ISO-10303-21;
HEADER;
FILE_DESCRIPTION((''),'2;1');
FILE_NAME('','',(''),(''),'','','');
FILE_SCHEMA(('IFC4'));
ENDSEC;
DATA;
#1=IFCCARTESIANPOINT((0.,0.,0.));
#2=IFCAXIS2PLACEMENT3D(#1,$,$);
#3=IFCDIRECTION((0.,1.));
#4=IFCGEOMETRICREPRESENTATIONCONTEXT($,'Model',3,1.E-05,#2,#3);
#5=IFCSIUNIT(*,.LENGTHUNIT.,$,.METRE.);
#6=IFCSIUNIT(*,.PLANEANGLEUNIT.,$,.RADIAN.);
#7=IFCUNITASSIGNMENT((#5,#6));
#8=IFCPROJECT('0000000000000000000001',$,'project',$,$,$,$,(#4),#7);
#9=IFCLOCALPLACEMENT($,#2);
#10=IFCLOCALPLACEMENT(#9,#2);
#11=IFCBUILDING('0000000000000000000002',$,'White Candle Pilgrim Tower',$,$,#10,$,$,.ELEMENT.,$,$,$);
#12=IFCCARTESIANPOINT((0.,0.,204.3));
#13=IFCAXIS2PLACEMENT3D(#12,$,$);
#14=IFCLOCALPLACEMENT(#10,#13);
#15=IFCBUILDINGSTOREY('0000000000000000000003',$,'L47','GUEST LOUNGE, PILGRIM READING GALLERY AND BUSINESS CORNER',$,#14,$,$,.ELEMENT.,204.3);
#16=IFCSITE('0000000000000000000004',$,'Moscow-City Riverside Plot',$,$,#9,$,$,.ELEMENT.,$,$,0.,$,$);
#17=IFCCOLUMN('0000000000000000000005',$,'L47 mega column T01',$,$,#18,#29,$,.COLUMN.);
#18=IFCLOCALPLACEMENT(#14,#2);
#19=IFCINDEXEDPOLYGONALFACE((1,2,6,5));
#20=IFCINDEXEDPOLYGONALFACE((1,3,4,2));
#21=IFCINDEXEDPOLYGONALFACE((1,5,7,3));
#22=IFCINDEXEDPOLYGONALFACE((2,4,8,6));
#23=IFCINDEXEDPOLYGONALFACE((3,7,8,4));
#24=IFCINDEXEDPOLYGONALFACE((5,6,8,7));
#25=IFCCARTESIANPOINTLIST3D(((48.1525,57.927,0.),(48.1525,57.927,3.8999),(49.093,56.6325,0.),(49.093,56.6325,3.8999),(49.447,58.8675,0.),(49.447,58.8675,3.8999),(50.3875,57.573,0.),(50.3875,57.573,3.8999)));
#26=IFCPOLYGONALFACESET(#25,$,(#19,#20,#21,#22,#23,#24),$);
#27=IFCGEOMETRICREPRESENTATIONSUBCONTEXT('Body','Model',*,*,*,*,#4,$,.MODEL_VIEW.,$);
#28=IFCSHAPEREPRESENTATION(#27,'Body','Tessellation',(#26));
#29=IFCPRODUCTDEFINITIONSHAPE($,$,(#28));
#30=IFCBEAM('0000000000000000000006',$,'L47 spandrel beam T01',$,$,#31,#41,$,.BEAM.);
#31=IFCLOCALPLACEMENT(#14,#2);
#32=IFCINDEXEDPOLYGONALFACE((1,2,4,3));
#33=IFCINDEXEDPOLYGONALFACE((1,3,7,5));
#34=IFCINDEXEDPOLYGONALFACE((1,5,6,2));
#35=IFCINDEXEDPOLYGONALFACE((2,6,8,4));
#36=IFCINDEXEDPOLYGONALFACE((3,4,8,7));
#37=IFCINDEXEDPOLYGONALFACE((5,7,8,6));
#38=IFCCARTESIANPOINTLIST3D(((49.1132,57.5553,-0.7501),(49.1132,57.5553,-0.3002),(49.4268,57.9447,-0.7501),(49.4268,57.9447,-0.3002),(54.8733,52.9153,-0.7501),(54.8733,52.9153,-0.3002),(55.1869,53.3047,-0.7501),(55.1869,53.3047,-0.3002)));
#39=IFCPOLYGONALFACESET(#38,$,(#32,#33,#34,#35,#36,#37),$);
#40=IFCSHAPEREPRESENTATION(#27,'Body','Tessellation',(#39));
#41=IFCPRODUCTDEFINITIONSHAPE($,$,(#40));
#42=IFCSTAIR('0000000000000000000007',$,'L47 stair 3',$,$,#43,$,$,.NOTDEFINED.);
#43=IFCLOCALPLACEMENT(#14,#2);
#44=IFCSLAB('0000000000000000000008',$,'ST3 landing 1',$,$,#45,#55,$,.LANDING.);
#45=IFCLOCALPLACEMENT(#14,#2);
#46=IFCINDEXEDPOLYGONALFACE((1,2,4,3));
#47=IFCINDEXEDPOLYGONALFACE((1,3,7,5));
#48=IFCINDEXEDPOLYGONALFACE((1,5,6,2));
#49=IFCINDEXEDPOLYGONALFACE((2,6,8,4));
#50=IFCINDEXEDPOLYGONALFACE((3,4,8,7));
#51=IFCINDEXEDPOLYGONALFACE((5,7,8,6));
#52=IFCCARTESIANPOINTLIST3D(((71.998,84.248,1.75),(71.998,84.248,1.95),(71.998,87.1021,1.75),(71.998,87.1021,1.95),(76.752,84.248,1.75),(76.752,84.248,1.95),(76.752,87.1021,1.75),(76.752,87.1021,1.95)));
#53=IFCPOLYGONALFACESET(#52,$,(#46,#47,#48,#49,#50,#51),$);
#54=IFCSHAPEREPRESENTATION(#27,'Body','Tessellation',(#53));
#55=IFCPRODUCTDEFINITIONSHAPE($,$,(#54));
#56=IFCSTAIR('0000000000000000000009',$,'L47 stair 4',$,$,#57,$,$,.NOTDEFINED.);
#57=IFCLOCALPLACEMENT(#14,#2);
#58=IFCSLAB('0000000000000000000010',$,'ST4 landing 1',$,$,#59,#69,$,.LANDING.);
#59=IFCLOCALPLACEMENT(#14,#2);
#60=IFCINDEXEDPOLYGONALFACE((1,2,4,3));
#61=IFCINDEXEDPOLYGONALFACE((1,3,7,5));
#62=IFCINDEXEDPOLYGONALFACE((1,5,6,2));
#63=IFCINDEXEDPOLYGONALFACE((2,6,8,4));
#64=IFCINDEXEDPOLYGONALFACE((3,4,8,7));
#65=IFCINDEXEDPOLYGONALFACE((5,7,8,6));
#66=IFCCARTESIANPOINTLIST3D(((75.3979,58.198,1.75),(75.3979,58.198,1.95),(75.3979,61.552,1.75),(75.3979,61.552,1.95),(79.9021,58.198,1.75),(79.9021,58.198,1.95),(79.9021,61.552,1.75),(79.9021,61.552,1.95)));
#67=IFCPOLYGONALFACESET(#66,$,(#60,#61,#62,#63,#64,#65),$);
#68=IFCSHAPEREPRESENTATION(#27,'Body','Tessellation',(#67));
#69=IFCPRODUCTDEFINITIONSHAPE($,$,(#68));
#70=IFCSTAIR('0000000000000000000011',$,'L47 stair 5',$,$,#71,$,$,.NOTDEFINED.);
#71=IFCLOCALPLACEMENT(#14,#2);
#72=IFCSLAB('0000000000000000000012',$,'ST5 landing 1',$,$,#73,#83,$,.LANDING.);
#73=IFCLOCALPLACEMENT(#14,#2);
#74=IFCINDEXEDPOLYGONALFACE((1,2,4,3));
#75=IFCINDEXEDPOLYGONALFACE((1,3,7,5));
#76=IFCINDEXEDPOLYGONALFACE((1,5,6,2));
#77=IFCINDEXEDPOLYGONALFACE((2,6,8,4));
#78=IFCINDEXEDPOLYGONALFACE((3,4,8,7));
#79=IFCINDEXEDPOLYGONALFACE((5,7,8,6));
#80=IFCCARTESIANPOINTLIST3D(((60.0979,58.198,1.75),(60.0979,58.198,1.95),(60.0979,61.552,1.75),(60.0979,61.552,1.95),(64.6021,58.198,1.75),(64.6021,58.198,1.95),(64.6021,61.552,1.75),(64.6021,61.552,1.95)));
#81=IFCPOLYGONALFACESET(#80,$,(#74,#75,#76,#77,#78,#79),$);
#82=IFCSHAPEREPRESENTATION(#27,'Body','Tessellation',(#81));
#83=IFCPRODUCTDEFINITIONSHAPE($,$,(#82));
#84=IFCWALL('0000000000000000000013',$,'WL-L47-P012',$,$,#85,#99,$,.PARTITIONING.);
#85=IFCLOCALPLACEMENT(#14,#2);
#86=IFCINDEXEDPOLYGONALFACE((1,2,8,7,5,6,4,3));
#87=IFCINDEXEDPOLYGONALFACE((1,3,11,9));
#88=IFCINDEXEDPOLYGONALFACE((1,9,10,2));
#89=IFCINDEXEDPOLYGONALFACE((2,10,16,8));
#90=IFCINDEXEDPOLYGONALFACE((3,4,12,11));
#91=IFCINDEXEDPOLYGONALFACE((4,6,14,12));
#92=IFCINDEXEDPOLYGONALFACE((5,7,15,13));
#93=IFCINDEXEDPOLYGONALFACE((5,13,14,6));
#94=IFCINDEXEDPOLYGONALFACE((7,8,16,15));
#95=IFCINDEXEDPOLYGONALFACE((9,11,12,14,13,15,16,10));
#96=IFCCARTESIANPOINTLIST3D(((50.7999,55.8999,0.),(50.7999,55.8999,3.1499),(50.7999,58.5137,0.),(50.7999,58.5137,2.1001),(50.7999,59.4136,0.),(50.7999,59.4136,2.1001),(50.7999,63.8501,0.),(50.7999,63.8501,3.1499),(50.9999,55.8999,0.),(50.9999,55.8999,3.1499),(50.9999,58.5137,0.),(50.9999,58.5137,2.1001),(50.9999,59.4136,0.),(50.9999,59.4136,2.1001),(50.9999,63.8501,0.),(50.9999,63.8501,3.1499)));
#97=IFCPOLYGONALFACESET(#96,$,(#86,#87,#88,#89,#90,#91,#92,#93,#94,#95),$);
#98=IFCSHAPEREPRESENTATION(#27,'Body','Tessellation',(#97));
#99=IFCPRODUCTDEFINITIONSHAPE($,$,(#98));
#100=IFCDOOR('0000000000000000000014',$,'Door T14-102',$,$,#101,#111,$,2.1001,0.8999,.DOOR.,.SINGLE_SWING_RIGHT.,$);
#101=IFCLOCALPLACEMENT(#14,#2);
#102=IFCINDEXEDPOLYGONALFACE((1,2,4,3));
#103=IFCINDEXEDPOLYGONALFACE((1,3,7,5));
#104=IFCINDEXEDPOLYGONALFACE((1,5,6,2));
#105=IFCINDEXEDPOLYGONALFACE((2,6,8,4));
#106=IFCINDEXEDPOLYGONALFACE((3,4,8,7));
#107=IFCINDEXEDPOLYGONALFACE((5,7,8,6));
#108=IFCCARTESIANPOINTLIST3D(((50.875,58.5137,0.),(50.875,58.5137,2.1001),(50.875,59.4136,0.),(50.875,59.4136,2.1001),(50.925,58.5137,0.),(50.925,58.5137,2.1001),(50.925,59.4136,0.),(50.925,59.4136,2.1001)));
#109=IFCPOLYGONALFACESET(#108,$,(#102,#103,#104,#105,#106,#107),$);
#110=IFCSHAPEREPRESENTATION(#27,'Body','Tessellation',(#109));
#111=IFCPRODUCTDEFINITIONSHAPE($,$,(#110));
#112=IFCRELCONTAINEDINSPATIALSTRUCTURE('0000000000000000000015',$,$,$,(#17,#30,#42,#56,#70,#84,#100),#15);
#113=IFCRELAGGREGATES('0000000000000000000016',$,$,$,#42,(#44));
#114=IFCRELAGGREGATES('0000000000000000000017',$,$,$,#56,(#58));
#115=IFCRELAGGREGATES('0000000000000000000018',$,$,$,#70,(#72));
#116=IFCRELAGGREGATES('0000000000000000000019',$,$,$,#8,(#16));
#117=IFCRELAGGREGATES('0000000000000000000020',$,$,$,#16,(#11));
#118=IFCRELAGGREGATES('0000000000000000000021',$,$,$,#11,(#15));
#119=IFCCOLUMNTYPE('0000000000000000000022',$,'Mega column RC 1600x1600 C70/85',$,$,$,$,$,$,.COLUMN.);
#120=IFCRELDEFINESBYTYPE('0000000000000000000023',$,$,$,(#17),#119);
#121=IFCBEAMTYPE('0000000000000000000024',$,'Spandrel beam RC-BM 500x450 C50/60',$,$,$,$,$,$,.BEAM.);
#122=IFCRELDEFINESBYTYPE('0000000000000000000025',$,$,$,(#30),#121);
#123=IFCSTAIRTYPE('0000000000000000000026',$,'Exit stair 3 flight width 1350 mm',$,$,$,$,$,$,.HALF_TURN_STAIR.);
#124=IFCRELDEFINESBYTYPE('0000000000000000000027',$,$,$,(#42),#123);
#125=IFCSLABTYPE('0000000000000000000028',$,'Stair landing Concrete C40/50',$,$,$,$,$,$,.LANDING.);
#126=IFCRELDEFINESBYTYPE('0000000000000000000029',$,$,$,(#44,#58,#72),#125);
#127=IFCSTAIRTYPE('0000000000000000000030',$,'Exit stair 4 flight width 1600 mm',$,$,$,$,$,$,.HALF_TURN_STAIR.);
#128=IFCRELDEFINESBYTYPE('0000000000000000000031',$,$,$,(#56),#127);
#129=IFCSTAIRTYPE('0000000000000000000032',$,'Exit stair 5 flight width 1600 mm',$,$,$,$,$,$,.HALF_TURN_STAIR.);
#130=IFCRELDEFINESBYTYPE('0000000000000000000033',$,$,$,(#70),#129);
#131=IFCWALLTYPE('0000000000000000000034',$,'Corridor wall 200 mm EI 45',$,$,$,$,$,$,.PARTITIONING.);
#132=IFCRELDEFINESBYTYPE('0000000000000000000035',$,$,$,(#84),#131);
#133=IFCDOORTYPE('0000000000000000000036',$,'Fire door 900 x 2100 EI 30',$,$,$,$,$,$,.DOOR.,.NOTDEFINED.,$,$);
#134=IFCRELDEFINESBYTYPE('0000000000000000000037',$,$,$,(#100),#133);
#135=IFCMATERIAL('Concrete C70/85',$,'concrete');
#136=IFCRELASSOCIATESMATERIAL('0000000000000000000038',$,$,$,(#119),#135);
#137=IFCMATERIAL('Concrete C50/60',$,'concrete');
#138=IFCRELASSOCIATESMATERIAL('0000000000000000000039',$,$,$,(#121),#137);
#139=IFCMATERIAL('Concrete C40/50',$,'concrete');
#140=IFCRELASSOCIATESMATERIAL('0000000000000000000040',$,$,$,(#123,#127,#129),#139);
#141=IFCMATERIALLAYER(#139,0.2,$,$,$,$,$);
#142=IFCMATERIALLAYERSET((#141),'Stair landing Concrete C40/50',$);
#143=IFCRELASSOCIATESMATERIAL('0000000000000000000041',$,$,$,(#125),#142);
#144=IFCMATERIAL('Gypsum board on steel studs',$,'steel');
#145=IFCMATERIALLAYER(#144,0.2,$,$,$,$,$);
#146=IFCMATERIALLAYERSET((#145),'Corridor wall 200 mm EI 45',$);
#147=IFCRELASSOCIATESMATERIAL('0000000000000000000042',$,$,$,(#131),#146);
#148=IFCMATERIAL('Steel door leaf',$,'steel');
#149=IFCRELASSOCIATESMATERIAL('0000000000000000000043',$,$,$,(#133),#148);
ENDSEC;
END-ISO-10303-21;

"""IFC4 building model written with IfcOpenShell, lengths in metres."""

from ifc_helpers import new_model, si_unit, direction, frame, frame_2d, origin, origin_2d, place, context, subcontext, project, spatial, polyline, rectangle, outline, extrude, material, layer, layer_set, material_profile, profile_set, type_object, element, fill, aggregate, save


model = new_model("IFC4")

# Units and contexts
model_context = context("Model", 3, precision=1e-05, world=origin(), true_north=direction((0.0, 1.0)))
body_context = subcontext(model_context, "Body", "Model", "MODEL_VIEW")
ifc_project = project(units=[si_unit("LENGTHUNIT", "METRE"), si_unit("PLANEANGLEUNIT", "RADIAN")], contexts=[model_context])

# Site, building, storey
site_placement = place(None, origin())
site = spatial("IfcSite", under=ifc_project, at=site_placement, Name="Moscow-City Riverside Plot", CompositionType="ELEMENT", RefElevation=0.0)
building_placement = place(site_placement, origin())
building = spatial("IfcBuilding", under=site, at=building_placement, Name="White Candle Pilgrim Tower", CompositionType="ELEMENT")
storey_placement = place(building_placement, frame((0.0, 0.0, 204.3)))
storey = spatial("IfcBuildingStorey", under=building, at=storey_placement, Name="L47", Description="GUEST LOUNGE, PILGRIM READING GALLERY AND BUSINESS CORNER", CompositionType="ELEMENT", Elevation=204.3)

# Column
ifc_material_1 = material(Name="Concrete C70/85", Category="concrete")
ifc_material_profile_1 = material_profile(ifc_material_1, rectangle(XDim=1.6001, YDim=1.6001, at=origin_2d()), Name="RC 1600x1600")
ifc_profile_set_1 = profile_set([ifc_material_profile_1], Name="Concrete C70/85")
column_type = type_object("IfcColumnType", Name="Mega column RC 1600x1600 C70/85", PredefinedType="COLUMN", material=ifc_profile_set_1)
column_placement = place(storey_placement, frame((49.27, 57.75, 0.0), z_axis=(0.0, 0.0, 1.0), x_axis=(-0.809017, -0.587785, 0.0)))
element("IfcColumn", 1, at=column_placement, inside=storey, type_object=column_type, Name="L47 mega column T01", PredefinedType="COLUMN", context=body_context, shape_type="SweptSolid", body=[
    extrude(rectangle(XDim=1.6001, YDim=1.6001, at=origin_2d()), origin(), (0.0, 0.0, 1.0), 3.8999),
])

# Beam
ifc_material_2 = material(Name="Concrete C50/60", Category="concrete")
ifc_material_profile_2 = material_profile(ifc_material_2, rectangle(XDim=0.5, YDim=0.45, at=origin_2d()), Name="RC-BM 500x450")
ifc_profile_set_2 = profile_set([ifc_material_profile_2], Name="Concrete C50/60")
beam_type = type_object("IfcBeamType", Name="Spandrel beam RC-BM 500x450 C50/60", PredefinedType="BEAM", material=ifc_profile_set_2)
beam_placement = place(storey_placement, frame((49.27, 57.75, -0.5251), z_axis=(0.778762, -0.62732, 0.0), x_axis=(0.62732, 0.778762, 0.0)))
element("IfcBeam", 2, at=beam_placement, inside=storey, type_object=beam_type, Name="L47 spandrel beam T01", PredefinedType="BEAM", context=body_context, shape_type="SweptSolid", body=[
    extrude(rectangle(XDim=0.5, YDim=0.45, at=origin_2d()), origin(), (0.0, 0.0, 1.0), 7.3965),
])

# Stairs, slabs
ifc_material_3 = material(Name="Concrete C40/50", Category="concrete")
stair_type_1 = type_object("IfcStairType", Name="Exit stair 3 flight width 1350 mm", PredefinedType="HALF_TURN_STAIR", material=ifc_material_3)
stair_1_placement = place(storey_placement, origin())
stair_1 = element("IfcStair", 3, at=stair_1_placement, inside=storey, type_object=stair_type_1, Name="L47 stair 3", PredefinedType="NOTDEFINED")
ifc_layer_1 = layer(ifc_material_3, 0.2)
ifc_layer_set_1 = layer_set([ifc_layer_1], Name="Stair landing Concrete C40/50")
slab_type = type_object("IfcSlabType", Name="Stair landing Concrete C40/50", PredefinedType="LANDING", material=ifc_layer_set_1)
slab_1_placement = place(storey_placement, frame((0.0, 0.0, 1.75)))
slab_1 = element("IfcSlab", 4, at=slab_1_placement, type_object=slab_type, Name="ST3 landing 1", PredefinedType="LANDING", context=body_context, shape_type="SweptSolid", body=[
    extrude(outline(polyline([(71.998, 84.248), (71.998, 87.1021), (76.752, 87.1021), (76.752, 84.248), (71.998, 84.248)])), origin(), (0.0, 0.0, 1.0), 0.2),
])
aggregate(stair_1, [slab_1])
stair_type_2 = type_object("IfcStairType", Name="Exit stair 4 flight width 1600 mm", PredefinedType="HALF_TURN_STAIR", material=ifc_material_3)
stair_2_placement = place(storey_placement, origin())
stair_2 = element("IfcStair", 5, at=stair_2_placement, inside=storey, type_object=stair_type_2, Name="L47 stair 4", PredefinedType="NOTDEFINED")
slab_2_placement = place(storey_placement, frame((0.0, 0.0, 1.75)))
slab_2 = element("IfcSlab", 6, at=slab_2_placement, type_object=slab_type, Name="ST4 landing 1", PredefinedType="LANDING", context=body_context, shape_type="SweptSolid", body=[
    extrude(outline(polyline([(79.9021, 61.552), (79.9021, 58.198), (75.3979, 58.198), (75.3979, 61.552), (79.9021, 61.552)])), origin(), (0.0, 0.0, 1.0), 0.2),
])
aggregate(stair_2, [slab_2])
stair_type_3 = type_object("IfcStairType", Name="Exit stair 5 flight width 1600 mm", PredefinedType="HALF_TURN_STAIR", material=ifc_material_3)
stair_3_placement = place(storey_placement, origin())
stair_3 = element("IfcStair", 7, at=stair_3_placement, inside=storey, type_object=stair_type_3, Name="L47 stair 5", PredefinedType="NOTDEFINED")
slab_3_placement = place(storey_placement, frame((0.0, 0.0, 1.75)))
slab_3 = element("IfcSlab", 8, at=slab_3_placement, type_object=slab_type, Name="ST5 landing 1", PredefinedType="LANDING", context=body_context, shape_type="SweptSolid", body=[
    extrude(outline(polyline([(60.0979, 58.198), (60.0979, 61.552), (64.6021, 61.552), (64.6021, 58.198), (60.0979, 58.198)])), origin(), (0.0, 0.0, 1.0), 0.2),
])
aggregate(stair_3, [slab_3])

# Wall, opening, door
ifc_material_4 = material(Name="Gypsum board on steel studs", Category="steel")
ifc_layer_2 = layer(ifc_material_4, 0.2)
ifc_layer_set_2 = layer_set([ifc_layer_2], Name="Corridor wall 200 mm EI 45")
wall_type_1 = type_object("IfcWallType", Name="Corridor wall 200 mm EI 45", PredefinedType="PARTITIONING", material=ifc_layer_set_2)
wall_1_placement = place(storey_placement, frame((50.8999, 55.8999, 0.0), z_axis=(0.0, 0.0, 1.0), x_axis=(0.0, 1.0, 0.0)))
wall_1 = element("IfcWall", 9, at=wall_1_placement, inside=storey, type_object=wall_type_1, Name="WL-L47-P012", PredefinedType="PARTITIONING", context=body_context, shape_type="SweptSolid", body=[
    extrude(rectangle(XDim=7.9502, YDim=0.2, at=frame_2d((3.9751, 0.0))), origin(), (0.0, 0.0, 1.0), 3.1499),
])
opening_1_placement = place(wall_1_placement, frame((2.6138, 0.0, 0.0)))
opening_1 = element("IfcOpeningElement", 10, at=opening_1_placement, cuts=wall_1, PredefinedType="OPENING", context=body_context, shape_type="SweptSolid", body=[
    extrude(rectangle(XDim=0.8999, YDim=2.1001, at=frame_2d((0.45, 1.05))), frame((0.0, 0.1099, 0.0), z_axis=(0.0, -1.0, 0.0), x_axis=(1.0, 0.0, 0.0)), (0.0, 0.0, 1.0), 0.22),
])
ifc_material_5 = material(Name="Steel door leaf", Category="steel")
door_type_1 = type_object("IfcDoorType", Name="Fire door 900 x 2100 EI 30", OperationType="NOTDEFINED", PredefinedType="DOOR", material=ifc_material_5)
door_1_placement = place(opening_1_placement, origin())
door_1 = element("IfcDoor", 11, at=door_1_placement, inside=storey, type_object=door_type_1, Name="Door T14-102", OperationType="SINGLE_SWING_RIGHT", OverallHeight=2.1001, OverallWidth=0.8999, PredefinedType="DOOR", context=body_context, shape_type="SweptSolid", body=[
    extrude(rectangle(XDim=0.8999, YDim=2.1001, at=frame_2d((0.45, 1.05))), frame((0.0, 0.0249, 0.0), z_axis=(0.0, -1.0, 0.0), x_axis=(1.0, 0.0, 0.0)), (0.0, 0.0, 1.0), 0.05),
])
fill(opening_1, door_1)

save(model, "model.ifc")
